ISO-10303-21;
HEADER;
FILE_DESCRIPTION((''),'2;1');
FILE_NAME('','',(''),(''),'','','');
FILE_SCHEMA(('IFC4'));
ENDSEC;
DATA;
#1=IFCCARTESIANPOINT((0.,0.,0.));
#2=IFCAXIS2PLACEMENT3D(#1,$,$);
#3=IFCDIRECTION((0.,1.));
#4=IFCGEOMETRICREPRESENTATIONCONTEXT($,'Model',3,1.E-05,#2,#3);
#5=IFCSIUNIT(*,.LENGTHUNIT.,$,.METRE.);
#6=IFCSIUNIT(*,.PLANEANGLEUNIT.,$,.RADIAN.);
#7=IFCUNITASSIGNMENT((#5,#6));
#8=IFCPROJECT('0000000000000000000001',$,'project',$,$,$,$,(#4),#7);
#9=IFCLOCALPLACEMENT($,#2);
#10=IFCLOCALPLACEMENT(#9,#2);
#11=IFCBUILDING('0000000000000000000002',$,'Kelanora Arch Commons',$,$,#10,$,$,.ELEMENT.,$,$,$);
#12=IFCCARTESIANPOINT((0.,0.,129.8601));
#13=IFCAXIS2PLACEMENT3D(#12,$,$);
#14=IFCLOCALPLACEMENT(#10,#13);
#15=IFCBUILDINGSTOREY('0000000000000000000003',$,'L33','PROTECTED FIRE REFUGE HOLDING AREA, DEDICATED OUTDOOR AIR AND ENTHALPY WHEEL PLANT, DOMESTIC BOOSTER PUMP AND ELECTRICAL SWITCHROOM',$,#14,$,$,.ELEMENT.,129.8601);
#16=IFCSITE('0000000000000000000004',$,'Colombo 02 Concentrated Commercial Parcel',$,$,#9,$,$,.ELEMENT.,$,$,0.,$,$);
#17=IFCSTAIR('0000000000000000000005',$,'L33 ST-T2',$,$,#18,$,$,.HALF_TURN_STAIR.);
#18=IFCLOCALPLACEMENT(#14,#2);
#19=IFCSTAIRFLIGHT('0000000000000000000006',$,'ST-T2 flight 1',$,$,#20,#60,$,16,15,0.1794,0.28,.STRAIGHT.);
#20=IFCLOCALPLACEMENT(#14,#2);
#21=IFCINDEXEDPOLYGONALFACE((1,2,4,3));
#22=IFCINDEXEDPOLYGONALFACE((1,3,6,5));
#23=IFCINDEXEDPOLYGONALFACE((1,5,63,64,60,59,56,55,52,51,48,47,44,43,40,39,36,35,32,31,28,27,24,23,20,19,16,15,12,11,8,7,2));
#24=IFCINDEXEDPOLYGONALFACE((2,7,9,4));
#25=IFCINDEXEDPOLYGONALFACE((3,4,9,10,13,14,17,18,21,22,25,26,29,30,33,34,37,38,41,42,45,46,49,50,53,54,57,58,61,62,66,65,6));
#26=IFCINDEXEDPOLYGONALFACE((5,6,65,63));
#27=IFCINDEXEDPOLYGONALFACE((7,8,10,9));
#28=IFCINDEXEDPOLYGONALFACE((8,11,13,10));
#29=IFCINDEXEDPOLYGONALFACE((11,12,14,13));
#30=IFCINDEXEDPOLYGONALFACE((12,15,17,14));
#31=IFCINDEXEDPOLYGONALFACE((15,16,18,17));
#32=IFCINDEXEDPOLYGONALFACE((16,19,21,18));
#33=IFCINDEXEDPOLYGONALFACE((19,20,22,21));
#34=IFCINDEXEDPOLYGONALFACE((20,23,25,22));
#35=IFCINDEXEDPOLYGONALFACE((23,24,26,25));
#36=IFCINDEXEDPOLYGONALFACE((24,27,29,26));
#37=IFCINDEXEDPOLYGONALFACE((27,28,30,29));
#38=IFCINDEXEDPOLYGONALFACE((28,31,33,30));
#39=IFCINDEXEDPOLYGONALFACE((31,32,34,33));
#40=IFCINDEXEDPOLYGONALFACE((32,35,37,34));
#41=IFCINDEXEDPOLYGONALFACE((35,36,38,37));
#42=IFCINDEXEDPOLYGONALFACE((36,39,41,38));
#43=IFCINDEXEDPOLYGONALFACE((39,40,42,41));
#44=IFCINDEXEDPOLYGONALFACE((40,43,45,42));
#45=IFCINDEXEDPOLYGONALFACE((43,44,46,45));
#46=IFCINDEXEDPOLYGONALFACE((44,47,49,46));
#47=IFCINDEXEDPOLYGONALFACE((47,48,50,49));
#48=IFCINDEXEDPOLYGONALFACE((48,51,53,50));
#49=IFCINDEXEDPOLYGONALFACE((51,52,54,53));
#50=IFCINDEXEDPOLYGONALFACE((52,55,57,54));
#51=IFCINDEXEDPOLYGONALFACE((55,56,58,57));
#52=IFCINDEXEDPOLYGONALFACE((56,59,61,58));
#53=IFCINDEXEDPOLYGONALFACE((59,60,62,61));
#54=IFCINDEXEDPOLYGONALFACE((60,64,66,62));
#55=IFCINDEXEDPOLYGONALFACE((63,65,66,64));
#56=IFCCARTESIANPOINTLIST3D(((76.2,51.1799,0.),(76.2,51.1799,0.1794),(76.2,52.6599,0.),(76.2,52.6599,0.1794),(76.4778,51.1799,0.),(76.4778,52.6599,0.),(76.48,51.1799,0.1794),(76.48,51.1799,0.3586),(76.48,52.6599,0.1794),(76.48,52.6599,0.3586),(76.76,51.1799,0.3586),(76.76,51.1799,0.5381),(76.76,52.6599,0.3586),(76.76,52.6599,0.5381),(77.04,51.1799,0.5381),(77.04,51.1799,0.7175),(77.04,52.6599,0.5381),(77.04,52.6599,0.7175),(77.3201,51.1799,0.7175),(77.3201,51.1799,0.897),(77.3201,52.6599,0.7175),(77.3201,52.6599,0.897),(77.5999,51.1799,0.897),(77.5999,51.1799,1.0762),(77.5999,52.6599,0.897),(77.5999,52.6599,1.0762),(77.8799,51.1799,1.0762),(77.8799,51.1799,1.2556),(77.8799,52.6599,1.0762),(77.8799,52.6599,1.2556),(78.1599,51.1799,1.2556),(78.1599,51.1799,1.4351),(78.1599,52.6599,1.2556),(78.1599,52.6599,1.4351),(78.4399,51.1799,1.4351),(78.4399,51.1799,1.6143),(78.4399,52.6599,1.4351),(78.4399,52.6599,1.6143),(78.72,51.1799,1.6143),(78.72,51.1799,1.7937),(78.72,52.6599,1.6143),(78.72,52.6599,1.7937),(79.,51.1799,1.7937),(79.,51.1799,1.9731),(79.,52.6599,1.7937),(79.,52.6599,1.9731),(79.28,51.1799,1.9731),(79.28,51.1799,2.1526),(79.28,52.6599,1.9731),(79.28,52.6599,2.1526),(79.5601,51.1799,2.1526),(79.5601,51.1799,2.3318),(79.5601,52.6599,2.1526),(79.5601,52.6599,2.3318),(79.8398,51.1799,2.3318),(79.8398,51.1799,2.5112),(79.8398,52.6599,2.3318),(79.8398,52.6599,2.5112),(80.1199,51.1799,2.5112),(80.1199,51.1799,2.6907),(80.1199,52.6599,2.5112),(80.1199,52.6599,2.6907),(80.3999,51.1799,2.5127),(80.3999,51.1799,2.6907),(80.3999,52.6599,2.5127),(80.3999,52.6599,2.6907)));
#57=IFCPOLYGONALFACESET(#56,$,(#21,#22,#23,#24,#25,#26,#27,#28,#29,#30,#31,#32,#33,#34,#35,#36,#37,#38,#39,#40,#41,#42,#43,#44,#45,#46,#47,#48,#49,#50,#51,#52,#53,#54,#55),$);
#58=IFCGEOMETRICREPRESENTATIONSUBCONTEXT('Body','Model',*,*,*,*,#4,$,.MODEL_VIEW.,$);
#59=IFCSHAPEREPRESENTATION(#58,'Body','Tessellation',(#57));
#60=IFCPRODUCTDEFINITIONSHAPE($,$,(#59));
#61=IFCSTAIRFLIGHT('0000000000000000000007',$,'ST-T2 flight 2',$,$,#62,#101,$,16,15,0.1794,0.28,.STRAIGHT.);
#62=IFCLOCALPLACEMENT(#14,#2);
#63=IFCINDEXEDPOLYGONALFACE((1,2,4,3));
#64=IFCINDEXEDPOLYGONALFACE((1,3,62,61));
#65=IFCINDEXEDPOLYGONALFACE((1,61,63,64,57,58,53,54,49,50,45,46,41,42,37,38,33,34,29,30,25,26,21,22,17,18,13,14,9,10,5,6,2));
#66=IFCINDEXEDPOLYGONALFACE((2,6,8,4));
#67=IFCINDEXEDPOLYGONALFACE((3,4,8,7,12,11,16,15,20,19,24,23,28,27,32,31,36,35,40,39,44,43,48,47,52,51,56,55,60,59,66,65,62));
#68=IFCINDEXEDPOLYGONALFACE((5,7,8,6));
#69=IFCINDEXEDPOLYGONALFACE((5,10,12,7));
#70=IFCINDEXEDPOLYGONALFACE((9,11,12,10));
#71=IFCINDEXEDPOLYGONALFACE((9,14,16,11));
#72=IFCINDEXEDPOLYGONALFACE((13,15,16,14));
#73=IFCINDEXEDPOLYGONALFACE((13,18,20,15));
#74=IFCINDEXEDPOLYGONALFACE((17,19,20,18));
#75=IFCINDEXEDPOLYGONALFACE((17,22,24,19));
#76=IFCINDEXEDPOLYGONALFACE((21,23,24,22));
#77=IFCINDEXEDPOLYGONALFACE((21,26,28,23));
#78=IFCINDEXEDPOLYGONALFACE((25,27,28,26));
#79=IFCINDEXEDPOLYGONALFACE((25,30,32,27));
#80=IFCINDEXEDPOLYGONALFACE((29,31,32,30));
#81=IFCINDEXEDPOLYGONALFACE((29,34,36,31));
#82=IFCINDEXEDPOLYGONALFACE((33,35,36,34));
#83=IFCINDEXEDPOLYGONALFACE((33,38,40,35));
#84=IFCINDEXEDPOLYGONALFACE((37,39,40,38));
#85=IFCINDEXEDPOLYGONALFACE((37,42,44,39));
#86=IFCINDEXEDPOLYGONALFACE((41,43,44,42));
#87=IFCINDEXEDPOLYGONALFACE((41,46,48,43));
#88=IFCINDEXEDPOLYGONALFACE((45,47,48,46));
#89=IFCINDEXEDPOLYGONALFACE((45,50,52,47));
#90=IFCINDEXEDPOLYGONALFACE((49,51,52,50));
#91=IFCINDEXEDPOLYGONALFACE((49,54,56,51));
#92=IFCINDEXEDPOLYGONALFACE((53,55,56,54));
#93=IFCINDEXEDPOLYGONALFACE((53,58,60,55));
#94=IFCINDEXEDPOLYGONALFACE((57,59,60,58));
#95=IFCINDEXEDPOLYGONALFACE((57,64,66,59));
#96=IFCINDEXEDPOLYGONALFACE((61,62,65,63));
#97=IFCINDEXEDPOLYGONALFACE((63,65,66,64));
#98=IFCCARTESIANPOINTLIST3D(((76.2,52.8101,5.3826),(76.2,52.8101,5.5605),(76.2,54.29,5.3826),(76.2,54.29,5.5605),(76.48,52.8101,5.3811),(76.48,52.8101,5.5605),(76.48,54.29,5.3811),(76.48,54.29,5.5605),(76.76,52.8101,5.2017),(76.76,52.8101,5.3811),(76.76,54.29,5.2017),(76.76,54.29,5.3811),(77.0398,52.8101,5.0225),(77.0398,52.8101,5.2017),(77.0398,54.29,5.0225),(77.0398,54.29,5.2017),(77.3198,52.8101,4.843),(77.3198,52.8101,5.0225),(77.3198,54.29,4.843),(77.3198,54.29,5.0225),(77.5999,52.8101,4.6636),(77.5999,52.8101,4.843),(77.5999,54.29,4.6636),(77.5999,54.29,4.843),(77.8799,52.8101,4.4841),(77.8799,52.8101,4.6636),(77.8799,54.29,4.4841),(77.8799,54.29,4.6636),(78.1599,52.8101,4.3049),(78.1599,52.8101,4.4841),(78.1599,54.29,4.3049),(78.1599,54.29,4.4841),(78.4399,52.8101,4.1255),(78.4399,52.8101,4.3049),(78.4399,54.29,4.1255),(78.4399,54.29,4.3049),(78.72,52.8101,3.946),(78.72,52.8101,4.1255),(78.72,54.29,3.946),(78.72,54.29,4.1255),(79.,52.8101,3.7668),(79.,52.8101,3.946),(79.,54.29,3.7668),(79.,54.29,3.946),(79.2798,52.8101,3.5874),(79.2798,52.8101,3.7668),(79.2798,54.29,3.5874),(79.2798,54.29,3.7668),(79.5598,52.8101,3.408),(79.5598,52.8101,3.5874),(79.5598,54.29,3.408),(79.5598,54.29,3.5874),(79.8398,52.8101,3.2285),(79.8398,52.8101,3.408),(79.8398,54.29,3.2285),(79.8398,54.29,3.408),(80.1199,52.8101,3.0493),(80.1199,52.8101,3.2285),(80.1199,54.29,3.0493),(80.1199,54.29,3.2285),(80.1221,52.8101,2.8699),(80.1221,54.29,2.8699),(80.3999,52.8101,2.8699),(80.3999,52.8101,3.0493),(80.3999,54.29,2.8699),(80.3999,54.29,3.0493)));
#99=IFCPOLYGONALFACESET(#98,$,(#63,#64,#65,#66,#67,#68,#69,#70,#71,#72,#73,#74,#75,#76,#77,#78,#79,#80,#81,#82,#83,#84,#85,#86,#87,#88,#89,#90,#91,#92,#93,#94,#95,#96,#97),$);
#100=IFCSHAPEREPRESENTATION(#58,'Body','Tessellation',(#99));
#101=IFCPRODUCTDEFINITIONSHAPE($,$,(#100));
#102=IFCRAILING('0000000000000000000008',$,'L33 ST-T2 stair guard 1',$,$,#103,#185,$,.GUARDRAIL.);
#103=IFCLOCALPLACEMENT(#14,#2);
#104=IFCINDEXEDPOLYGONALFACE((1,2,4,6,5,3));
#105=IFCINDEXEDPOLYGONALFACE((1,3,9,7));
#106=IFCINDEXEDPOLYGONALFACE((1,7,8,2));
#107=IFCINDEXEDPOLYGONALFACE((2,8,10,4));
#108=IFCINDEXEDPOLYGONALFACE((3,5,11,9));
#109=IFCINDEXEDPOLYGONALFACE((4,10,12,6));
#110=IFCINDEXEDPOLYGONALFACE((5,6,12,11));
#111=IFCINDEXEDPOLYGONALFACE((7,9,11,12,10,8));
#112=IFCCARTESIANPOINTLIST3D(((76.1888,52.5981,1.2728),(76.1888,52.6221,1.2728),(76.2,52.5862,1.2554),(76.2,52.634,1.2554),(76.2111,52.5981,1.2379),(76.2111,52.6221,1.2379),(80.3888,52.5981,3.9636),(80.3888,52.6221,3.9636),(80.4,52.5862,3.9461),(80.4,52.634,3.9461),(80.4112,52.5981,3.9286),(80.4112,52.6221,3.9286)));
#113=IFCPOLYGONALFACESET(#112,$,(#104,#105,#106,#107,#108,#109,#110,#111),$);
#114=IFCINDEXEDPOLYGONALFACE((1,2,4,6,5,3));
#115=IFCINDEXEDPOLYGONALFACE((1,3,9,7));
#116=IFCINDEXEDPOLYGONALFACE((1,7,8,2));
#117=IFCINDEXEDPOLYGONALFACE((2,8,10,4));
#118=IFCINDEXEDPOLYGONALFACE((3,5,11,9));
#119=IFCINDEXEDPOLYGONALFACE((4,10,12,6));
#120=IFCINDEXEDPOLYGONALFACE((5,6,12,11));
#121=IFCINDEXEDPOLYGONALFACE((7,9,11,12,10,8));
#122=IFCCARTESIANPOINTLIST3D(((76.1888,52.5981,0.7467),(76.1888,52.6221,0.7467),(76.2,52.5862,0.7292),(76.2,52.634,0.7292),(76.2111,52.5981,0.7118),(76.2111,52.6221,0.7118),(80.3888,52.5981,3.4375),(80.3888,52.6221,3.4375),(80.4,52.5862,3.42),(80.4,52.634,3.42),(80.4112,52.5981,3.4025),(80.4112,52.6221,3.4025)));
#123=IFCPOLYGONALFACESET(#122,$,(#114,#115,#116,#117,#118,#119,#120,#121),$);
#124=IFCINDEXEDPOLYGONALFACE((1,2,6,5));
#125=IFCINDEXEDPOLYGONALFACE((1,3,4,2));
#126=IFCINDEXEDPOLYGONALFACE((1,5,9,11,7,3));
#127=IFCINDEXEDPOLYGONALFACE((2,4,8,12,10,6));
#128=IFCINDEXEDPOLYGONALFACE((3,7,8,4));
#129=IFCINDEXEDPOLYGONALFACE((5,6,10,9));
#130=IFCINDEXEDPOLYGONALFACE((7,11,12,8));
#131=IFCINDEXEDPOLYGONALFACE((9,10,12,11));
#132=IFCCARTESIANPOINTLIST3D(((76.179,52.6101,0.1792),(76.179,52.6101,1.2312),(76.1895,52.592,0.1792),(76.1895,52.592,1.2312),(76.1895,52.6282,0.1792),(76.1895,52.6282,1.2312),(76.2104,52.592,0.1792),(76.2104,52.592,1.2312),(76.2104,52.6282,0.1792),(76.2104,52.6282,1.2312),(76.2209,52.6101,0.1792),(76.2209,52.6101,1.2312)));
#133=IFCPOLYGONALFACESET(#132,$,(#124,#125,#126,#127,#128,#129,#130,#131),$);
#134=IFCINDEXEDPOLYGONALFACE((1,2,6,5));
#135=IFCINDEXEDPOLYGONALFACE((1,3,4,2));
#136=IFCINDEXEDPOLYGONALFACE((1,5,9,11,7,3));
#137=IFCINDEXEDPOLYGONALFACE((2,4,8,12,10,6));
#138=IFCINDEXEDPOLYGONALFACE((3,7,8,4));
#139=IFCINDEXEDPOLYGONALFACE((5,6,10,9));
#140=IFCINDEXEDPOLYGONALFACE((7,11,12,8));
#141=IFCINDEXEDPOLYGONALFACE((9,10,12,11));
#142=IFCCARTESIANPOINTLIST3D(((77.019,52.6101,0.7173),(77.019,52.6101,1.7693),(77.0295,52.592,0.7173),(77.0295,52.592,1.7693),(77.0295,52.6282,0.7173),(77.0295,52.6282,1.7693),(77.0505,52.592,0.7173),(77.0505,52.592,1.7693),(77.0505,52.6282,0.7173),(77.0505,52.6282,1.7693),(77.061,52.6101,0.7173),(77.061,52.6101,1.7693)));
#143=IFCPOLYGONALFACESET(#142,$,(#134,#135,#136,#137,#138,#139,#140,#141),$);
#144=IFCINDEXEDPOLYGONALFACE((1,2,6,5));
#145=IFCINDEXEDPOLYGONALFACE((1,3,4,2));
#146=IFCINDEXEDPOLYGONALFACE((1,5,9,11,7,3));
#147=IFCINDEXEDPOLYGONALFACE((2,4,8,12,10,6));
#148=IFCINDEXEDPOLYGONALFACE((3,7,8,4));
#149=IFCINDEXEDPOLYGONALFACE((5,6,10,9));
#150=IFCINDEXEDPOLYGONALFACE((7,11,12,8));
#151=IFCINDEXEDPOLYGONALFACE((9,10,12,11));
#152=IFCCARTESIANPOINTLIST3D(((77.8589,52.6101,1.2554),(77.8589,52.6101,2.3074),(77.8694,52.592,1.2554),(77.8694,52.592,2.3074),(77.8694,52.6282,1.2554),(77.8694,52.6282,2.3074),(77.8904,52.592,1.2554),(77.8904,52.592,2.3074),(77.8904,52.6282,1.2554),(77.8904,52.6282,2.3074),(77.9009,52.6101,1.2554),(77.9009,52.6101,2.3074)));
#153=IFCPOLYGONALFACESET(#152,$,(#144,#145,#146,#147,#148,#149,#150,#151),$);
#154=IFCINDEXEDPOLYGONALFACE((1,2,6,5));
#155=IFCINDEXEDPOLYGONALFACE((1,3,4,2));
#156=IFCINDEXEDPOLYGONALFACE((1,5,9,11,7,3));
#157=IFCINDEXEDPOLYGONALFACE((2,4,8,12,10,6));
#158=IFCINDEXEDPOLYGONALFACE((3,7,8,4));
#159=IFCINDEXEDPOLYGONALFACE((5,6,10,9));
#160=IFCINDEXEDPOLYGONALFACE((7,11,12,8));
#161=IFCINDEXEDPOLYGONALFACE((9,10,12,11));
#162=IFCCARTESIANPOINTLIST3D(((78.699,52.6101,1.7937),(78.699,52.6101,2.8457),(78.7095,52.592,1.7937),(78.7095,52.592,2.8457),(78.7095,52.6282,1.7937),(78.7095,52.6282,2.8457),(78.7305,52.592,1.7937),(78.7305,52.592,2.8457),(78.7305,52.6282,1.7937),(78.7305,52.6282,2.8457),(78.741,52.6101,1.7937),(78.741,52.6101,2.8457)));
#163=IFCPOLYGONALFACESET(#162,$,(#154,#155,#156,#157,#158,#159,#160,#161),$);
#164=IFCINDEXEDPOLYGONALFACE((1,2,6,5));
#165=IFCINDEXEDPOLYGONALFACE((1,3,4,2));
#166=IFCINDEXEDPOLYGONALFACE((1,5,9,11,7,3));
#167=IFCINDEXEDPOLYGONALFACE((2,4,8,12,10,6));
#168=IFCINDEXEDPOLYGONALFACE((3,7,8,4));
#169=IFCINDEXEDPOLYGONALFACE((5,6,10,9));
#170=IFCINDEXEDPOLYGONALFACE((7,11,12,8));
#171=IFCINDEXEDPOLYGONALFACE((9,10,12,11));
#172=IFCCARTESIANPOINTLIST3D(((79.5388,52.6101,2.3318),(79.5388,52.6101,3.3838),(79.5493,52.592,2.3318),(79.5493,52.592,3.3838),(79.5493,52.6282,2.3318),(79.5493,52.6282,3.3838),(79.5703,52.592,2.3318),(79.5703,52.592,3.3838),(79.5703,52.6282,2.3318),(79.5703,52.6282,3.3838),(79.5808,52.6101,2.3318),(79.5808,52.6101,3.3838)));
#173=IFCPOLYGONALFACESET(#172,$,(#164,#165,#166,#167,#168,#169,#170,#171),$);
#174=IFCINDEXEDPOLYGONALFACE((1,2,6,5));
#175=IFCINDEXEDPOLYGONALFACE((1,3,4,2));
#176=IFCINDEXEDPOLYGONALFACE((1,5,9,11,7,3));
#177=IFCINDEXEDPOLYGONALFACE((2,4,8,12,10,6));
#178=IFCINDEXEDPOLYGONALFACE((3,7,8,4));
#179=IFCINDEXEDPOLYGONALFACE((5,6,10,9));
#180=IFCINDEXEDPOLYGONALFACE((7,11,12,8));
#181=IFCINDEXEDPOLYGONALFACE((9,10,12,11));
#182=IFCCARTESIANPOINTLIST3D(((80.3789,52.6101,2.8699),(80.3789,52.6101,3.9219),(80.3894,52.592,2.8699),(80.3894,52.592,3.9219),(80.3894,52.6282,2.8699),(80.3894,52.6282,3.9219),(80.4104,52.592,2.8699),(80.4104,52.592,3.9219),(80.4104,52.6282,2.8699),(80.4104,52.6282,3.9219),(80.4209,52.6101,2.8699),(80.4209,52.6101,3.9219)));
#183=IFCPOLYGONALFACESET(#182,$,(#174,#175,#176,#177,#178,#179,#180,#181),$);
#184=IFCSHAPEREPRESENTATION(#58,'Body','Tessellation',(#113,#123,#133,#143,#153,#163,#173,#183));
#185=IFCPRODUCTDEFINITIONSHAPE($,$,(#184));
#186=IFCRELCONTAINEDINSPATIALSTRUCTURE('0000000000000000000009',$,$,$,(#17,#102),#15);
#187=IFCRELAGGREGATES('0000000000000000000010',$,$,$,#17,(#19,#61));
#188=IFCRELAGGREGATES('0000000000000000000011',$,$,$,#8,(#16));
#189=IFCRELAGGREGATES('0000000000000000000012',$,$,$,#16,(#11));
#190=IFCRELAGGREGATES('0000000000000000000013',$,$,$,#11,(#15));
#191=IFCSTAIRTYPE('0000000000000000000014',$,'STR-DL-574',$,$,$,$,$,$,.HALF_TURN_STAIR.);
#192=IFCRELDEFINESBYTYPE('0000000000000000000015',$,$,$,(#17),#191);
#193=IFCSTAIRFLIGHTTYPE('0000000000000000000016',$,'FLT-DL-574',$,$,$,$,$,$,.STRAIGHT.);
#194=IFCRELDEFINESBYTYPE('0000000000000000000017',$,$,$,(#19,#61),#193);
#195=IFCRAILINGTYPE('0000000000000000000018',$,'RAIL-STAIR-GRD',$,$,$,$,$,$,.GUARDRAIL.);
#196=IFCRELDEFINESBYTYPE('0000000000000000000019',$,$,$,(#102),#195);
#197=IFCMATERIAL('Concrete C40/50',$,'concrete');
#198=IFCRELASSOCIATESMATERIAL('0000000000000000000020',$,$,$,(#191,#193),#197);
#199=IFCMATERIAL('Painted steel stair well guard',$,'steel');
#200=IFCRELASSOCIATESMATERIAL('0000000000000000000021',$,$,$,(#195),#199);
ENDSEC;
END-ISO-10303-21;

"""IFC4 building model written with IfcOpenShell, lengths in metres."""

from ifc_helpers import new_model, si_unit, direction, frame, origin, place, context, subcontext, project, spatial, polyline, outline, extrude, material, type_object, element, aggregate, save


model = new_model("IFC4")

# Units and contexts
model_context = context("Model", 3, precision=1e-05, world=origin(), true_north=direction((0.0, 1.0)))
body_context = subcontext(model_context, "Body", "Model", "MODEL_VIEW")
ifc_project = project(units=[si_unit("LENGTHUNIT", "METRE"), si_unit("PLANEANGLEUNIT", "RADIAN")], contexts=[model_context])

# Site, building, storey
site_placement = place(None, origin())
site = spatial("IfcSite", under=ifc_project, at=site_placement, Name="Colombo 02 Concentrated Commercial Parcel", CompositionType="ELEMENT", RefElevation=0.0)
building_placement = place(site_placement, origin())
building = spatial("IfcBuilding", under=site, at=building_placement, Name="Kelanora Arch Commons", CompositionType="ELEMENT")
storey_placement = place(building_placement, frame((0.0, 0.0, 129.8601)))
storey = spatial("IfcBuildingStorey", under=building, at=storey_placement, Name="L33", Description="PROTECTED FIRE REFUGE HOLDING AREA, DEDICATED OUTDOOR AIR AND ENTHALPY WHEEL PLANT, DOMESTIC BOOSTER PUMP AND ELECTRICAL SWITCHROOM", CompositionType="ELEMENT", Elevation=129.8601)

# Shared definitions
ifc_material_1 = material(Name="Concrete C40/50", Category="concrete")

# Stair, stair flights
stair_type = type_object("IfcStairType", Name="STR-DL-574", PredefinedType="HALF_TURN_STAIR", material=ifc_material_1)
stair_placement = place(storey_placement, origin())
stair = element("IfcStair", 1, at=stair_placement, inside=storey, type_object=stair_type, Name="L33 ST-T2", PredefinedType="HALF_TURN_STAIR")
stair_flight_type = type_object("IfcStairFlightType", Name="FLT-DL-574", PredefinedType="STRAIGHT", material=ifc_material_1)
stair_flight_1_placement = place(storey_placement, frame((76.2, 51.9199, 0.0), z_axis=(0.0, 0.0, 1.0), x_axis=(1.0, 0.0, 0.0)))
stair_flight_1 = element("IfcStairFlight", 2, at=stair_flight_1_placement, type_object=stair_flight_type, Name="ST-T2 flight 1", NumberOfRisers=16, NumberOfTreads=15, PredefinedType="STRAIGHT", RiserHeight=0.1794, TreadLength=0.28, context=body_context, shape_type="SweptSolid", body=[
    extrude(outline(polyline([(0.0, 0.0), (0.0, 0.1794), (0.28, 0.1794), (0.28, 0.3586), (0.5601, 0.3586), (0.5601, 0.5381), (0.8401, 0.5381), (0.8401, 0.7175), (1.1201, 0.7175), (1.1201, 0.897), (1.3999, 0.897), (1.3999, 1.0762), (1.6799, 1.0762), (1.6799, 1.2556), (1.96, 1.2556), (1.96, 1.4351), (2.24, 1.4351), (2.24, 1.6143), (2.52, 1.6143), (2.52, 1.7937), (2.8, 1.7937), (2.8, 1.9731), (3.0801, 1.9731), (3.0801, 2.1526), (3.3601, 2.1526), (3.3601, 2.3318), (3.6399, 2.3318), (3.6399, 2.5112), (3.9199, 2.5112), (3.9199, 2.6907), (4.2, 2.6907), (4.2, 2.8701), (4.2, 2.5127), (0.2778, 0.0), (0.0, 0.0)])), frame((0.0, 0.74, 0.0), z_axis=(0.0, -1.0, 0.0), x_axis=(1.0, 0.0, 0.0)), (0.0, 0.0, 1.0), 1.48),
])
stair_flight_2_placement = place(storey_placement, frame((80.3999, 53.55, 2.8699), z_axis=(0.0, 0.0, 1.0), x_axis=(-1.0, 0.0, 0.0)))
stair_flight_2 = element("IfcStairFlight", 3, at=stair_flight_2_placement, type_object=stair_flight_type, Name="ST-T2 flight 2", NumberOfRisers=16, NumberOfTreads=15, PredefinedType="STRAIGHT", RiserHeight=0.1794, TreadLength=0.28, context=body_context, shape_type="SweptSolid", body=[
    extrude(outline(polyline([(0.0, 0.0), (0.0, 0.1794), (0.28, 0.1794), (0.28, 0.3586), (0.5601, 0.3586), (0.5601, 0.5381), (0.8401, 0.5381), (0.8401, 0.7175), (1.1201, 0.7175), (1.1201, 0.897), (1.3999, 0.897), (1.3999, 1.0762), (1.6799, 1.0762), (1.6799, 1.2556), (1.96, 1.2556), (1.96, 1.4351), (2.24, 1.4351), (2.24, 1.6143), (2.52, 1.6143), (2.52, 1.7937), (2.8, 1.7937), (2.8, 1.9731), (3.0801, 1.9731), (3.0801, 2.1526), (3.3601, 2.1526), (3.3601, 2.3318), (3.6399, 2.3318), (3.6399, 2.5112), (3.9199, 2.5112), (3.9199, 2.6907), (4.2, 2.6907), (4.2, 2.8701), (4.2, 2.5127), (0.2778, 0.0), (0.0, 0.0)])), frame((0.0, 0.74, 0.0), z_axis=(0.0, -1.0, 0.0), x_axis=(1.0, 0.0, 0.0)), (0.0, 0.0, 1.0), 1.48),
])
aggregate(stair, [stair_flight_1, stair_flight_2])

# Railing
ifc_material_2 = material(Name="Painted steel stair well guard", Category="steel")
railing_type_1 = type_object("IfcRailingType", Name="RAIL-STAIR-GRD", PredefinedType="GUARDRAIL", material=ifc_material_2)
railing_1_placement = place(storey_placement, frame((76.2, 52.6101, 0.1792)))
element("IfcRailing", 4, at=railing_1_placement, inside=storey, type_object=railing_type_1, Name="L33 ST-T2 stair guard 1", PredefinedType="GUARDRAIL", context=body_context, shape_type="SweptSolid", body=[
    extrude(outline(polyline([(0.0239, 0.0), (0.012, 0.0208), (-0.012, 0.0208), (-0.0239, 0.0), (-0.012, -0.0208), (0.012, -0.0208), (0.0239, 0.0)])), frame((0.0, 0.0, 1.0762), z_axis=(0.842025, 0.0, 0.539438), x_axis=(0.0, 1.0, 0.0)), (0.0, 0.0, 1.0), 4.988),
    extrude(outline(polyline([(0.0239, 0.0), (0.012, 0.0208), (-0.012, 0.0208), (-0.0239, 0.0), (-0.012, -0.0208), (0.012, -0.0208), (0.0239, 0.0)])), frame((0.0, 0.0, 0.55), z_axis=(0.842025, 0.0, 0.539438), x_axis=(0.0, 1.0, 0.0)), (0.0, 0.0, 1.0), 4.988),
    extrude(outline(polyline([(0.021, 0.0), (0.0105, 0.0181), (-0.0105, 0.0181), (-0.021, 0.0), (-0.0105, -0.0181), (0.0105, -0.0181), (0.021, 0.0)])), origin(), (0.0, 0.0, 1.0), 1.052),
    extrude(outline(polyline([(0.021, 0.0), (0.0105, 0.0181), (-0.0105, 0.0181), (-0.021, 0.0), (-0.0105, -0.0181), (0.0105, -0.0181), (0.021, 0.0)])), frame((0.8401, 0.0, 0.5381)), (0.0, 0.0, 1.0), 1.052),
    extrude(outline(polyline([(0.021, 0.0), (0.0105, 0.0181), (-0.0105, 0.0181), (-0.021, 0.0), (-0.0105, -0.0181), (0.0105, -0.0181), (0.021, 0.0)])), frame((1.6799, 0.0, 1.0762)), (0.0, 0.0, 1.0), 1.052),
    extrude(outline(polyline([(0.021, 0.0), (0.0105, 0.0181), (-0.0105, 0.0181), (-0.021, 0.0), (-0.0105, -0.0181), (0.0105, -0.0181), (0.021, 0.0)])), frame((2.52, 0.0, 1.6145)), (0.0, 0.0, 1.0), 1.052),
    extrude(outline(polyline([(0.021, 0.0), (0.0105, 0.0181), (-0.0105, 0.0181), (-0.021, 0.0), (-0.0105, -0.0181), (0.0105, -0.0181), (0.021, 0.0)])), frame((3.3599, 0.0, 2.1526)), (0.0, 0.0, 1.0), 1.052),
    extrude(outline(polyline([(0.021, 0.0), (0.0105, 0.0181), (-0.0105, 0.0181), (-0.021, 0.0), (-0.0105, -0.0181), (0.0105, -0.0181), (0.021, 0.0)])), frame((4.2, 0.0, 2.6907)), (0.0, 0.0, 1.0), 1.052),
])

save(model, "model.ifc")
